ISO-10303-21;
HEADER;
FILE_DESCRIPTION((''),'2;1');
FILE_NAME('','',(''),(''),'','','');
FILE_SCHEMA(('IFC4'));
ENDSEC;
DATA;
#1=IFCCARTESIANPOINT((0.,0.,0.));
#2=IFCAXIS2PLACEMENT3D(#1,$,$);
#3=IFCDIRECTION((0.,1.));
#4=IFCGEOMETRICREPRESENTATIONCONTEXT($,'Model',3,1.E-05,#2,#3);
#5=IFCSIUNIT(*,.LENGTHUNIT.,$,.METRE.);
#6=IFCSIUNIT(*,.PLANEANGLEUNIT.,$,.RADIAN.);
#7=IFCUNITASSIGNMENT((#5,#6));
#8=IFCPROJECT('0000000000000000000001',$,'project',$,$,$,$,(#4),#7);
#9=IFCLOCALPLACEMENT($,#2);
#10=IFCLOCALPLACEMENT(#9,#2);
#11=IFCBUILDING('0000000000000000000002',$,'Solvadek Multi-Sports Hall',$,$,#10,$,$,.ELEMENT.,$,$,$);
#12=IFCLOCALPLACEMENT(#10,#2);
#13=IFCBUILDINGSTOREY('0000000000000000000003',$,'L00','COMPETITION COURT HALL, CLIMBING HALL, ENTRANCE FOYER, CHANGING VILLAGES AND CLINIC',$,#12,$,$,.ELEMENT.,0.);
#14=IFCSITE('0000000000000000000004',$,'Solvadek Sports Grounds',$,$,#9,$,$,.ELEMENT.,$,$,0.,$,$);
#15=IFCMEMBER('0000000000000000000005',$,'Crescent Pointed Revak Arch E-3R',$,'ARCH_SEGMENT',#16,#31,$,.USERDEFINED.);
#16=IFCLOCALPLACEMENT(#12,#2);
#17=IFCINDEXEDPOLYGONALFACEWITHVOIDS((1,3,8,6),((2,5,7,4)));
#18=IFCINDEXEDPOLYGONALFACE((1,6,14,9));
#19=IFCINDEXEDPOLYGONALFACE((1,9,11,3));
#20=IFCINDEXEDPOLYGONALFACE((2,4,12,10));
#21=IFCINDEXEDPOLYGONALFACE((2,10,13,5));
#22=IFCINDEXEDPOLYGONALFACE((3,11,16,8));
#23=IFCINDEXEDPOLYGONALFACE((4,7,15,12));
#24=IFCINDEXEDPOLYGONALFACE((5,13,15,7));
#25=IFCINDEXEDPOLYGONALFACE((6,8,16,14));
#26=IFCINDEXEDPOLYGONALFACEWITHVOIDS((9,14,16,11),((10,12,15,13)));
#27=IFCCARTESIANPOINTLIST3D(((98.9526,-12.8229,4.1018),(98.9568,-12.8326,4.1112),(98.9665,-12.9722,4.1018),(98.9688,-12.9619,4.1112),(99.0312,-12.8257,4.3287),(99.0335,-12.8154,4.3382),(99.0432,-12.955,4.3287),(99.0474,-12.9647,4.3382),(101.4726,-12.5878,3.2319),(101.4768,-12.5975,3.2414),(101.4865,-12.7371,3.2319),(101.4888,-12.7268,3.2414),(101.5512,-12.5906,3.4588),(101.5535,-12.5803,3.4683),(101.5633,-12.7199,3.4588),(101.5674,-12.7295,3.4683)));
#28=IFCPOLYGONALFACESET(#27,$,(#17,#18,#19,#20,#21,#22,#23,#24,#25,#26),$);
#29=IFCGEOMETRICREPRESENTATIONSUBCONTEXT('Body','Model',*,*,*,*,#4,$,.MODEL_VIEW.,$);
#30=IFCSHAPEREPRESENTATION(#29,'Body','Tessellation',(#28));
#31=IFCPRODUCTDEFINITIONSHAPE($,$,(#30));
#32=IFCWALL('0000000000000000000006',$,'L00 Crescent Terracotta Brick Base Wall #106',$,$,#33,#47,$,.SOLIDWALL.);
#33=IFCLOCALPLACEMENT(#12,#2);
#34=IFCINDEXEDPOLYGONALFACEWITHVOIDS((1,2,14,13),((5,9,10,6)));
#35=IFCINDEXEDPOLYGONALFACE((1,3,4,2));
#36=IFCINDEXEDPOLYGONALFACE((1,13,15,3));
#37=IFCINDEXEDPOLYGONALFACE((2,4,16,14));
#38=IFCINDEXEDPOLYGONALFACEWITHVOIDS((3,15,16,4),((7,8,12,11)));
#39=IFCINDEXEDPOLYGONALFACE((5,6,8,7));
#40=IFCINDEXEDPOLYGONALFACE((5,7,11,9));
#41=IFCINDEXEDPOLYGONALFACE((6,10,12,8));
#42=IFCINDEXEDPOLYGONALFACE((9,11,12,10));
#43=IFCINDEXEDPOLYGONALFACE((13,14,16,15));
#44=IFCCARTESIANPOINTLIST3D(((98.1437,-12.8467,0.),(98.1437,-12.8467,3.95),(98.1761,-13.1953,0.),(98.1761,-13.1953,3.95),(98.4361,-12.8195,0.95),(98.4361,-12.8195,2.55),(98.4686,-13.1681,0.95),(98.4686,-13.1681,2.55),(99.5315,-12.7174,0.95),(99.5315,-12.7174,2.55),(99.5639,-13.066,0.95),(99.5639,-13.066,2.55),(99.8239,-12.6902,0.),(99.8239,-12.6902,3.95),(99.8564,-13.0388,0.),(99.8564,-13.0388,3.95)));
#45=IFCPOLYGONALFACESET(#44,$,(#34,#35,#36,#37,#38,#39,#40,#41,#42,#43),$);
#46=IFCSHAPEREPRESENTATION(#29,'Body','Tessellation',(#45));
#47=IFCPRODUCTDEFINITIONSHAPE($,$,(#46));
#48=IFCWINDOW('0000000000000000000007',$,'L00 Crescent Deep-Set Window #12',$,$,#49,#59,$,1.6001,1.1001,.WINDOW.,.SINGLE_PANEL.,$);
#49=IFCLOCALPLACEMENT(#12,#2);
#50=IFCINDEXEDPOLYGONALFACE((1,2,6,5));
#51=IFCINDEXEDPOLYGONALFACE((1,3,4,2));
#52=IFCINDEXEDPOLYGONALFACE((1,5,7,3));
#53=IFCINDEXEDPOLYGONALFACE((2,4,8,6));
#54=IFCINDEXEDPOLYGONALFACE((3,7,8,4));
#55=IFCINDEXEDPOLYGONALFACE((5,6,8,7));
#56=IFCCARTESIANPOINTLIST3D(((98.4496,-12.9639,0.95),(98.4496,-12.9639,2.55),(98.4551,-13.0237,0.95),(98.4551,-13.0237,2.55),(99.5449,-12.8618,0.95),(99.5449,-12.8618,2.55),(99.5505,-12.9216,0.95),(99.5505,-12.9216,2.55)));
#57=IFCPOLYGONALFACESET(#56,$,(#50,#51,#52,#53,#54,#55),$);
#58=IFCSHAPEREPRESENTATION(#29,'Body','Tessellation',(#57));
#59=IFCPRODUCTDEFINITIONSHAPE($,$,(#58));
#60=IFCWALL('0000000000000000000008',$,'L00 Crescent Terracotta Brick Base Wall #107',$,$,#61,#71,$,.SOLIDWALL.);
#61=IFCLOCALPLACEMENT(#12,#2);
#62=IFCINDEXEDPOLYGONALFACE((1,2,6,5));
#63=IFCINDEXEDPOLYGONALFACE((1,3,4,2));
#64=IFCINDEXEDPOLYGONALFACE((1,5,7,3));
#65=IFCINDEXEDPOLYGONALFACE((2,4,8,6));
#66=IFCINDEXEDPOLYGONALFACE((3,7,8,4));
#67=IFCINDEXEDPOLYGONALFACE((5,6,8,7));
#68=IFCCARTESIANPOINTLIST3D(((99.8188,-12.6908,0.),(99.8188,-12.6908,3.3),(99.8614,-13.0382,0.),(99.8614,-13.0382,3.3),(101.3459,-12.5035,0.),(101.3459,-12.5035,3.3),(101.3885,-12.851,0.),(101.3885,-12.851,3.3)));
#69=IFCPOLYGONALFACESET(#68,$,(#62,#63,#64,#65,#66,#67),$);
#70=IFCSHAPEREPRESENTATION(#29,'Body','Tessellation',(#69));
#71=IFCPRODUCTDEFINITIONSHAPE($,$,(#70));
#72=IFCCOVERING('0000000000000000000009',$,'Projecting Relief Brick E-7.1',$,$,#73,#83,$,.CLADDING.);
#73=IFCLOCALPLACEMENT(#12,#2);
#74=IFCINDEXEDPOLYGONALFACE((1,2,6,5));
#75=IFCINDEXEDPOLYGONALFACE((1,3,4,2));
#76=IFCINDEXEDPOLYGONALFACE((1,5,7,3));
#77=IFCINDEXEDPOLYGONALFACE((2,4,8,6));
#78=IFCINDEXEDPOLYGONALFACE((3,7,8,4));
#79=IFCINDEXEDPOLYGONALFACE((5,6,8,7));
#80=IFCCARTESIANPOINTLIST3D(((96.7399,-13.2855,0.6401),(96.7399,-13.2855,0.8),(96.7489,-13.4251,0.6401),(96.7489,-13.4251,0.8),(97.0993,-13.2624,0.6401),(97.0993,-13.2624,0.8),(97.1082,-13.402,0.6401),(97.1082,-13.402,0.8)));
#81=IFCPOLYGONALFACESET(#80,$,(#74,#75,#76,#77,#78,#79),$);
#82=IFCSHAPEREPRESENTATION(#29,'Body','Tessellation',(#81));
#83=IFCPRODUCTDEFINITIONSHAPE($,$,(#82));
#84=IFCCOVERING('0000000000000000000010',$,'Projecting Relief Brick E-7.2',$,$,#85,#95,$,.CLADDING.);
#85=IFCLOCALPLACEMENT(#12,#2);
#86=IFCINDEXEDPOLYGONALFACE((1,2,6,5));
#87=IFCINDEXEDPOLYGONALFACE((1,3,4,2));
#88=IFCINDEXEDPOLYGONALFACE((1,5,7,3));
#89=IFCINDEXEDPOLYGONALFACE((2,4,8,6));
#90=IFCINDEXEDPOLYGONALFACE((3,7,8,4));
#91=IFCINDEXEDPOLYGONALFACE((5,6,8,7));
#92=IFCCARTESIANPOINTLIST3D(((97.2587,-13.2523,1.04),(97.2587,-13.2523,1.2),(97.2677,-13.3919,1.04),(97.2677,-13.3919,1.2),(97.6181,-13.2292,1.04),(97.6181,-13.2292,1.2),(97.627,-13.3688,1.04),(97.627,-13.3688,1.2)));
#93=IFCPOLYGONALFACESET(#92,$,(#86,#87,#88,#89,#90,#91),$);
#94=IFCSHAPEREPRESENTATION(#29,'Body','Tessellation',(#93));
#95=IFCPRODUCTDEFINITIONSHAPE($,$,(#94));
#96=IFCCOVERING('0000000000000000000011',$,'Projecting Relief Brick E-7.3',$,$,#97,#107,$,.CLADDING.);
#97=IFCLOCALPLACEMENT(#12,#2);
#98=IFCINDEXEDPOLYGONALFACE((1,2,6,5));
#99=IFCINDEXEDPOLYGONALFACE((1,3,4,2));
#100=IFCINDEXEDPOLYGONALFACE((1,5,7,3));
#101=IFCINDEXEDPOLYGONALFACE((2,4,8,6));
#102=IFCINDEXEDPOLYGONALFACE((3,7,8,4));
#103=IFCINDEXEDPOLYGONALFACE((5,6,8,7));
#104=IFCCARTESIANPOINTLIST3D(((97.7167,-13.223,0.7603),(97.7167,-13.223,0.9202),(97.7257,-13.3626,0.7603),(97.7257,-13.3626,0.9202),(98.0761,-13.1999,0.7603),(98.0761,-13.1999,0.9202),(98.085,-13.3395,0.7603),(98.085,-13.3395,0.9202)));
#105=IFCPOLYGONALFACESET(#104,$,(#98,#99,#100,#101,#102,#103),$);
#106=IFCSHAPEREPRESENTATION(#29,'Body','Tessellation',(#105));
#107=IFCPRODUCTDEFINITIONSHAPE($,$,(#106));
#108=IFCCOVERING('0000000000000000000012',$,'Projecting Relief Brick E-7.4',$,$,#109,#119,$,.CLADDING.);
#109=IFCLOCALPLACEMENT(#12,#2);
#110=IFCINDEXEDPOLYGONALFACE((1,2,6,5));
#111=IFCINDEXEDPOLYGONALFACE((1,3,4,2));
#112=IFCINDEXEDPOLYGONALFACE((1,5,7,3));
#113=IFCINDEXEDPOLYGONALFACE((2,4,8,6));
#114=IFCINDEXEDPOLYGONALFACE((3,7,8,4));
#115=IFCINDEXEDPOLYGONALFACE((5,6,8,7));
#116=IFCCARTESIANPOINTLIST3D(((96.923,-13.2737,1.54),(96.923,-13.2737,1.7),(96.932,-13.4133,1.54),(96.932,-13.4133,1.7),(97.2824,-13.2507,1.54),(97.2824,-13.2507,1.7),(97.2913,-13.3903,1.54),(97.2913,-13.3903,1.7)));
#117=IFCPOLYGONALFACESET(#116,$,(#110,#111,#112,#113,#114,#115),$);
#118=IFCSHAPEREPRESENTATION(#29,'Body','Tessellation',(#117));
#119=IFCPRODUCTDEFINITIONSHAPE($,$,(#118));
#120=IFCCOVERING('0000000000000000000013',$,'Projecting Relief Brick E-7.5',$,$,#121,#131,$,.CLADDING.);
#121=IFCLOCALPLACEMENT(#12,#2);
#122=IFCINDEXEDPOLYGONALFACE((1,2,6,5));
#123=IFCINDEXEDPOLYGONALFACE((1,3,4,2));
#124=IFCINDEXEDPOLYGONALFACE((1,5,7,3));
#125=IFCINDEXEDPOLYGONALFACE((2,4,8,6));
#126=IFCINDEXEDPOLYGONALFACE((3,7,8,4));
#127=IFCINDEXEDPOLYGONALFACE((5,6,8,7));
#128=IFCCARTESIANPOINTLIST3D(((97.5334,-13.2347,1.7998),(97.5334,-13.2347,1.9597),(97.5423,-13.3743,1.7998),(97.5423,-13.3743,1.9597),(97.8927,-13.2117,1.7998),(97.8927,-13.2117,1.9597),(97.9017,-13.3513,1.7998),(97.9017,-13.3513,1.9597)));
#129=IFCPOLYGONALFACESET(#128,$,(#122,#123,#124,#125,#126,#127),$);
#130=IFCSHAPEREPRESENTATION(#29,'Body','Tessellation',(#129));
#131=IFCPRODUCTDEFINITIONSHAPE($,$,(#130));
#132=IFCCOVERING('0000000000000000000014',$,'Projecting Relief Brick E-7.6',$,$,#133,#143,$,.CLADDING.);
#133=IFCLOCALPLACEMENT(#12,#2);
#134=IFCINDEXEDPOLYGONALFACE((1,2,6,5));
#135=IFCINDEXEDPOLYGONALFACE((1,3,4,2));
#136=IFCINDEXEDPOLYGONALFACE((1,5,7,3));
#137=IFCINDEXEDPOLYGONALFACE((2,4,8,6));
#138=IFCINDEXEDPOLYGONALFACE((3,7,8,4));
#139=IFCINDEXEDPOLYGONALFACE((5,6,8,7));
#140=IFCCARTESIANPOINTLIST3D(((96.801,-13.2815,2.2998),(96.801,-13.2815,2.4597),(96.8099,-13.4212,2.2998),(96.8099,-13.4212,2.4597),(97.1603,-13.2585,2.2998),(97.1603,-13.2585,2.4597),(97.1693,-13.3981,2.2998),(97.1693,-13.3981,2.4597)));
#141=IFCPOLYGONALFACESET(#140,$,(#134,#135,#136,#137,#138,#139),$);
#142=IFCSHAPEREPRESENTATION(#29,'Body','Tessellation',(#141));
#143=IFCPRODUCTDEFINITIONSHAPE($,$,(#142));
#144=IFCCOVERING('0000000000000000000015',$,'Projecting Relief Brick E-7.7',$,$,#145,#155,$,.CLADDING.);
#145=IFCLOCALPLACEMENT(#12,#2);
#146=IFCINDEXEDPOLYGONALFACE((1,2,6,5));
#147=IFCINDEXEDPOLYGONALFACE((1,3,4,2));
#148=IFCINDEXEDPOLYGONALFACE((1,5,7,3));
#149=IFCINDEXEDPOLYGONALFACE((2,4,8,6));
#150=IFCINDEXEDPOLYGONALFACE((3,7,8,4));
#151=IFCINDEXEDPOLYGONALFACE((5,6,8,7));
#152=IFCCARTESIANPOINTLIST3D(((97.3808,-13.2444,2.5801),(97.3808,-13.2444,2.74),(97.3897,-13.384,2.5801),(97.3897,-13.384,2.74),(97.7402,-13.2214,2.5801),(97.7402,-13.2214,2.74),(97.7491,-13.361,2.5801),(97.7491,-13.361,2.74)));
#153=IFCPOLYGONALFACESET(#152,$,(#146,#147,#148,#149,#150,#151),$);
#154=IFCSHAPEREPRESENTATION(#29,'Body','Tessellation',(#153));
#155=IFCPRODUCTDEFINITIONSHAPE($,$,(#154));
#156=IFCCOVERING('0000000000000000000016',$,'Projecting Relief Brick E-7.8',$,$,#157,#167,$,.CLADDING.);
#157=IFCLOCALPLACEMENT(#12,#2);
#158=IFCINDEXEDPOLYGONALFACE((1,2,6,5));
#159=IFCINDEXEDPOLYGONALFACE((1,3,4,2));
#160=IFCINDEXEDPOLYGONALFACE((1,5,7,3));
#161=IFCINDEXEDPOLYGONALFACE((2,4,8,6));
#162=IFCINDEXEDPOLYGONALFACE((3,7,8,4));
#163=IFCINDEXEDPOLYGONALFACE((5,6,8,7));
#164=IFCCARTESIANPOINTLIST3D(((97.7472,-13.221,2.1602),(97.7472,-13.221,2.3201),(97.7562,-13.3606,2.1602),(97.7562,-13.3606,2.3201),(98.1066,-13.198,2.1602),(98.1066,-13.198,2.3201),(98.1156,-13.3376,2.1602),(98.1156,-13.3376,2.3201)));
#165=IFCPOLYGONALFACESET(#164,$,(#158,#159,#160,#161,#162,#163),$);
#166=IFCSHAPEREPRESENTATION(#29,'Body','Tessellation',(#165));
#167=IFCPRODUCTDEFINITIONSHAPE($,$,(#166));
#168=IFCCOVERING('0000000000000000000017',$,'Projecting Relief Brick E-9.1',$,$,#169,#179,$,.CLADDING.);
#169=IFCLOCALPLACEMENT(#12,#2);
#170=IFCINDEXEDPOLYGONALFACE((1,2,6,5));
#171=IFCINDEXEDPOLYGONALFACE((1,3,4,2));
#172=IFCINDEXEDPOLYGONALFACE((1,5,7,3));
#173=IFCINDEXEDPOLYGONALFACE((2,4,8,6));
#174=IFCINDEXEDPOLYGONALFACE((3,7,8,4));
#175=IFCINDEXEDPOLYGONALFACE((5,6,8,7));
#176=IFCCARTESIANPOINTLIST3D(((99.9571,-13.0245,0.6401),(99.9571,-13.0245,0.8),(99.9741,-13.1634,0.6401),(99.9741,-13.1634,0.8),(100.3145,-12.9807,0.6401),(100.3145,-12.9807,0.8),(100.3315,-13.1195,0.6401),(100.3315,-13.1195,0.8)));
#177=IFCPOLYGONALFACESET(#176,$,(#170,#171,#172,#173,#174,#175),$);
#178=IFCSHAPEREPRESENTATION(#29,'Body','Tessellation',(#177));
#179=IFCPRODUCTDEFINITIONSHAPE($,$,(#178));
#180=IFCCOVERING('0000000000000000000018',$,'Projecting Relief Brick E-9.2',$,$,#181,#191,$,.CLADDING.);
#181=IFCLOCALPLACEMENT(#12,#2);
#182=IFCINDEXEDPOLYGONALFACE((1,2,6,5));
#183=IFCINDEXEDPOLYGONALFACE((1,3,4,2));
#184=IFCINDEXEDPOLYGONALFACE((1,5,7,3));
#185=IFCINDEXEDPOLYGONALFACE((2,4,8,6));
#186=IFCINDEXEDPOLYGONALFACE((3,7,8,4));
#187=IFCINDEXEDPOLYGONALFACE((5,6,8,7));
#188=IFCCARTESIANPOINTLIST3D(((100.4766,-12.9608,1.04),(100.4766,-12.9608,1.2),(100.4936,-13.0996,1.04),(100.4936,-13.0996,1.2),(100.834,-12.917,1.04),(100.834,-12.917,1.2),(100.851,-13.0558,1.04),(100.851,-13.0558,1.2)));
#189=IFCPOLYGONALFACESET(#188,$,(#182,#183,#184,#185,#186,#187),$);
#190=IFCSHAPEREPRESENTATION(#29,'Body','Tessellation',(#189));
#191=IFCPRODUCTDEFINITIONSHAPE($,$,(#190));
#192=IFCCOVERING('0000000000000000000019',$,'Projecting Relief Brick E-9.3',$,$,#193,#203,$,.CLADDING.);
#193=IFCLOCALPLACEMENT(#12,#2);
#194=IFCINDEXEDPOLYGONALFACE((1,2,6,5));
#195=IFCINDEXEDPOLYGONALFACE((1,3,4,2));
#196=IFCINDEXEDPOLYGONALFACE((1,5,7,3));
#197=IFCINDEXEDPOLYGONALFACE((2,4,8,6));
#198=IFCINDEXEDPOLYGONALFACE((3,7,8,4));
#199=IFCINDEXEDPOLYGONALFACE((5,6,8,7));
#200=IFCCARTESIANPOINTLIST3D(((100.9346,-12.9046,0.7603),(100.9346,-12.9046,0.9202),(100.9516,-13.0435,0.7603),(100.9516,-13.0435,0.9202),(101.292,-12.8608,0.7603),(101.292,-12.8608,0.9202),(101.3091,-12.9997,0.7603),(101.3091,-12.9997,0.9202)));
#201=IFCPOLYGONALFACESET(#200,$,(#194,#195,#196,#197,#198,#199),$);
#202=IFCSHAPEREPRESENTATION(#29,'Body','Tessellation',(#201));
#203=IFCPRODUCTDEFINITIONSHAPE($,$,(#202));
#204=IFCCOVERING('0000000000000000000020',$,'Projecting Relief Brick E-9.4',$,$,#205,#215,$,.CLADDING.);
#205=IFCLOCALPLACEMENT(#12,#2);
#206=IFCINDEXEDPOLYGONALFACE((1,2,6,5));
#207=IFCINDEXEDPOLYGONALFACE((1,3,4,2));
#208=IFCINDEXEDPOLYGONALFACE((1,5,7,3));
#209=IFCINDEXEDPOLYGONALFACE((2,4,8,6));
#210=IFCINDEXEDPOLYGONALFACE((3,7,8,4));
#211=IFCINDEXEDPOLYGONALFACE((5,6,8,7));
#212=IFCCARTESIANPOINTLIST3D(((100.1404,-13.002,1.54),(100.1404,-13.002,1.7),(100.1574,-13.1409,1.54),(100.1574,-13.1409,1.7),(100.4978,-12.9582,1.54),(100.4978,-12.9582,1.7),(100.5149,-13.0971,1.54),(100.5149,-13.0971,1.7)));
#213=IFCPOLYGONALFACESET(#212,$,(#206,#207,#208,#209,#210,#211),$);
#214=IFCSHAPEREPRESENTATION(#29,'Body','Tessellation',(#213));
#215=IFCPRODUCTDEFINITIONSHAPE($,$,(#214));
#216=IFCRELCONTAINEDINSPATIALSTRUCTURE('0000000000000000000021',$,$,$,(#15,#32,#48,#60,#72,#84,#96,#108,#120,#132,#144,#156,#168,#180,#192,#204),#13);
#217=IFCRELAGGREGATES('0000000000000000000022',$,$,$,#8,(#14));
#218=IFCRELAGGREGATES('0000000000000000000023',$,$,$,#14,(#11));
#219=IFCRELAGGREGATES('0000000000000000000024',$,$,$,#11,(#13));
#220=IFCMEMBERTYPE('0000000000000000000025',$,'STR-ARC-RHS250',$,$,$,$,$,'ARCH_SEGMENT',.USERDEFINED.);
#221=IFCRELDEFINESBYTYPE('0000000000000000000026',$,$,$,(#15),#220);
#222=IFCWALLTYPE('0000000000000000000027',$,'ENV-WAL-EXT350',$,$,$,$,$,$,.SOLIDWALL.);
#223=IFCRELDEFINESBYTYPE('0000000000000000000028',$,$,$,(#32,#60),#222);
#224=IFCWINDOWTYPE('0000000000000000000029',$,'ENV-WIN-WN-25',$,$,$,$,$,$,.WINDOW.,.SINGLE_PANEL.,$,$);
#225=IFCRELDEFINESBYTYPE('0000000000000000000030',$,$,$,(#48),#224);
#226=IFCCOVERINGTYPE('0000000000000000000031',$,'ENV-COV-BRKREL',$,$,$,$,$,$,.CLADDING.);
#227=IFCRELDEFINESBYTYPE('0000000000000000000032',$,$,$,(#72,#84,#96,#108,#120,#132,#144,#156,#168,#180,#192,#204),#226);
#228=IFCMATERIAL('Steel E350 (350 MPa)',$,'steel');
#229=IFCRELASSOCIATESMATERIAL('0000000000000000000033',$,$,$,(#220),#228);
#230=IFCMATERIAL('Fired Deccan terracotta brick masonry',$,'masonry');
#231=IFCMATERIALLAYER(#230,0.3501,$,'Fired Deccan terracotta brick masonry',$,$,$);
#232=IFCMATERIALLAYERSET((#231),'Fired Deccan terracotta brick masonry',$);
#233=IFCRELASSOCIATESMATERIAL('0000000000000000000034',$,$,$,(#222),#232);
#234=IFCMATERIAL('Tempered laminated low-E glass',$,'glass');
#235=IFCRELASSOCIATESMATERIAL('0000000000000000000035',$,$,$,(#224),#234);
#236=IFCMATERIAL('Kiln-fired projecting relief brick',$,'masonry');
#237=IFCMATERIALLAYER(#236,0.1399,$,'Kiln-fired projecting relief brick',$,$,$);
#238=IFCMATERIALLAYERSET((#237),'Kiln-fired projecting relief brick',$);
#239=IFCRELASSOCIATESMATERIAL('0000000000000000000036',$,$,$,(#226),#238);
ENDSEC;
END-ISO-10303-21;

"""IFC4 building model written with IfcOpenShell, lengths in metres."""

from ifc_helpers import new_model, si_unit, direction, frame, frame_2d, origin, origin_2d, place, context, subcontext, project, spatial, rectangle, hollow_rectangle, extrude, material, layer, layer_set, material_profile, profile_set, type_object, element, fill, save


model = new_model("IFC4")

# Units and contexts
model_context = context("Model", 3, precision=1e-05, world=origin(), true_north=direction((0.0, 1.0)))
body_context = subcontext(model_context, "Body", "Model", "MODEL_VIEW")
ifc_project = project(units=[si_unit("LENGTHUNIT", "METRE"), si_unit("PLANEANGLEUNIT", "RADIAN")], contexts=[model_context])

# Site, building, storey
site_placement = place(None, origin())
site = spatial("IfcSite", under=ifc_project, at=site_placement, Name="Solvadek Sports Grounds", CompositionType="ELEMENT", RefElevation=0.0)
building_placement = place(site_placement, origin())
building = spatial("IfcBuilding", under=site, at=building_placement, Name="Solvadek Multi-Sports Hall", CompositionType="ELEMENT")
storey_placement = place(building_placement, origin())
storey = spatial("IfcBuildingStorey", under=building, at=storey_placement, Name="L00", Description="COMPETITION COURT HALL, CLIMBING HALL, ENTRANCE FOYER, CHANGING VILLAGES AND CLINIC", CompositionType="ELEMENT", Elevation=0.0)

# Member
ifc_material_1 = material(Name="Steel E350 (350 MPa)", Category="steel")
ifc_material_profile = material_profile(ifc_material_1, hollow_rectangle(XDim=0.1499, YDim=0.25, WallThickness=0.01, at=origin_2d()), Name="RHS 250x150x10")
ifc_profile_set = profile_set([ifc_material_profile], Name="Steel E350 (350 MPa)")
member_type = type_object("IfcMemberType", Name="STR-ARC-RHS250", ElementType="ARCH_SEGMENT", PredefinedType="USERDEFINED", material=ifc_profile_set)
member_placement = place(storey_placement, frame((99.0, -12.8938, 4.22), z_axis=(0.941614, 0.087849, -0.325031), x_axis=(-0.092892, 0.995676, 0.0)))
element("IfcMember", 1, at=member_placement, inside=storey, type_object=member_type, Name="Crescent Pointed Revak Arch E-3R", ObjectType="ARCH_SEGMENT", PredefinedType="USERDEFINED", context=body_context, shape_type="SweptSolid", body=[
    extrude(hollow_rectangle(XDim=0.1499, YDim=0.25, WallThickness=0.01, at=origin_2d()), origin(), (0.0, 0.0, 1.0), 2.6763),
])

# Wall, opening, window
ifc_material_2 = material(Name="Fired Deccan terracotta brick masonry", Category="masonry")
ifc_layer_1 = layer(ifc_material_2, 0.3501, Name="Fired Deccan terracotta brick masonry")
ifc_layer_set_1 = layer_set([ifc_layer_1], Name="Fired Deccan terracotta brick masonry")
wall_type = type_object("IfcWallType", Name="ENV-WAL-EXT350", PredefinedType="SOLIDWALL", material=ifc_layer_set_1)
wall_1_placement = place(storey_placement, frame((98.1599, -13.021, 0.0), z_axis=(0.0, 0.0, 1.0), x_axis=(0.99569, 0.09274, 0.0)))
wall_1 = element("IfcWall", 2, at=wall_1_placement, inside=storey, type_object=wall_type, Name="L00 Crescent Terracotta Brick Base Wall #106", PredefinedType="SOLIDWALL", context=body_context, shape_type="SweptSolid", body=[
    extrude(rectangle(XDim=1.6875, YDim=0.3501, at=frame_2d((0.8438, 0.0))), origin(), (0.0, 0.0, 1.0), 3.95),
])
opening_placement = place(wall_1_placement, frame((0.2937, 0.0, 0.95)))
opening = element("IfcOpeningElement", 3, at=opening_placement, cuts=wall_1, PredefinedType="OPENING", context=body_context, shape_type="SweptSolid", body=[
    extrude(rectangle(XDim=1.1001, YDim=1.6001, at=frame_2d((0.55, 0.8))), frame((0.0, 0.1851, 0.0), z_axis=(0.0, -1.0, 0.0), x_axis=(1.0, 0.0, 0.0)), (0.0, 0.0, 1.0), 0.3701),
])
ifc_material_3 = material(Name="Tempered laminated low-E glass", Category="glass")
window_type = type_object("IfcWindowType", Name="ENV-WIN-WN-25", PartitioningType="SINGLE_PANEL", PredefinedType="WINDOW", material=ifc_material_3)
window_placement = place(opening_placement, origin())
window = element("IfcWindow", 4, at=window_placement, inside=storey, type_object=window_type, Name="L00 Crescent Deep-Set Window #12", OverallHeight=1.6001, OverallWidth=1.1001, PartitioningType="SINGLE_PANEL", PredefinedType="WINDOW", context=body_context, shape_type="SweptSolid", body=[
    extrude(rectangle(XDim=1.1001, YDim=1.6001, at=frame_2d((0.55, 0.8))), frame((0.0, 0.03, 0.0), z_axis=(0.0, -1.0, 0.0), x_axis=(1.0, 0.0, 0.0)), (0.0, 0.0, 1.0), 0.0601),
])
fill(opening, window)

# Wall
wall_2_placement = place(storey_placement, frame((99.8401, -12.8645, 0.0), z_axis=(0.0, 0.0, 1.0), x_axis=(0.992566, 0.12171, 0.0)))
element("IfcWall", 5, at=wall_2_placement, inside=storey, type_object=wall_type, Name="L00 Crescent Terracotta Brick Base Wall #107", PredefinedType="SOLIDWALL", context=body_context, shape_type="SweptSolid", body=[
    extrude(rectangle(XDim=1.5386, YDim=0.3501, at=frame_2d((0.7693, 0.0))), origin(), (0.0, 0.0, 1.0), 3.3),
])

# Coverings
ifc_material_4 = material(Name="Kiln-fired projecting relief brick", Category="masonry")
ifc_layer_2 = layer(ifc_material_4, 0.1399, Name="Kiln-fired projecting relief brick")
ifc_layer_set_2 = layer_set([ifc_layer_2], Name="Kiln-fired projecting relief brick")
covering_type = type_object("IfcCoveringType", Name="ENV-COV-BRKREL", PredefinedType="CLADDING", material=ifc_layer_set_2)
for number, where, z_axis, x_axis, name in (
    (6, (96.9241, -13.3438, 0.6401), (0.0, 0.0, 1.0), (0.997955, 0.063917, 0.0), "Projecting Relief Brick E-7.1"),
    (7, (97.4429, -13.3105, 1.04), (0.0, 0.0, 1.0), (0.997955, 0.063917, 0.0), "Projecting Relief Brick E-7.2"),
    (8, (97.9009, -13.2812, 0.7603), (0.0, 0.0, 1.0), (0.997955, 0.063917, 0.0), "Projecting Relief Brick E-7.3"),
    (9, (97.1072, -13.332, 1.54), (0.0, 0.0, 1.0), (0.997955, 0.063917, 0.0), "Projecting Relief Brick E-7.4"),
    (10, (97.7175, -13.293, 1.7998), (0.0, 0.0, 1.0), (0.997955, 0.063917, 0.0), "Projecting Relief Brick E-7.5"),
    (11, (96.9851, -13.3398, 2.2998), (0.0, 0.0, 1.0), (0.997955, 0.063917, 0.0), "Projecting Relief Brick E-7.6"),
    (12, (97.5649, -13.3027, 2.5801), (0.0, 0.0, 1.0), (0.997955, 0.063917, 0.0), "Projecting Relief Brick E-7.7"),
    (13, (97.9314, -13.2793, 2.1602), (0.0, 0.0, 1.0), (0.997955, 0.063917, 0.0), "Projecting Relief Brick E-7.8"),
    (14, (100.1443, -13.072, 0.6401), (0.0, 0.0, 1.0), (0.992573, 0.121649, 0.0), "Projecting Relief Brick E-9.1"),
    (15, (100.6638, -13.0083, 1.04), (0.0, 0.0, 1.0), (0.992573, 0.121649, 0.0), "Projecting Relief Brick E-9.2"),
    (16, (101.1218, -12.9521, 0.7603), (0.0, 0.0, 1.0), (0.992573, 0.121649, 0.0), "Projecting Relief Brick E-9.3"),
    (17, (100.3276, -13.0496, 1.54), (0.0, 0.0, 1.0), (0.992573, 0.121649, 0.0), "Projecting Relief Brick E-9.4"),
):
    element("IfcCovering", number, at=place(storey_placement, frame(where, z_axis=z_axis, x_axis=x_axis)), inside=storey, type_object=covering_type, Name=name, PredefinedType="CLADDING", context=body_context, shape_type="SweptSolid", body=[
        extrude(rectangle(XDim=0.3601, YDim=0.1399, at=origin_2d()), origin(), (0.0, 0.0, 1.0), 0.1599),
    ])

save(model, "model.ifc")
